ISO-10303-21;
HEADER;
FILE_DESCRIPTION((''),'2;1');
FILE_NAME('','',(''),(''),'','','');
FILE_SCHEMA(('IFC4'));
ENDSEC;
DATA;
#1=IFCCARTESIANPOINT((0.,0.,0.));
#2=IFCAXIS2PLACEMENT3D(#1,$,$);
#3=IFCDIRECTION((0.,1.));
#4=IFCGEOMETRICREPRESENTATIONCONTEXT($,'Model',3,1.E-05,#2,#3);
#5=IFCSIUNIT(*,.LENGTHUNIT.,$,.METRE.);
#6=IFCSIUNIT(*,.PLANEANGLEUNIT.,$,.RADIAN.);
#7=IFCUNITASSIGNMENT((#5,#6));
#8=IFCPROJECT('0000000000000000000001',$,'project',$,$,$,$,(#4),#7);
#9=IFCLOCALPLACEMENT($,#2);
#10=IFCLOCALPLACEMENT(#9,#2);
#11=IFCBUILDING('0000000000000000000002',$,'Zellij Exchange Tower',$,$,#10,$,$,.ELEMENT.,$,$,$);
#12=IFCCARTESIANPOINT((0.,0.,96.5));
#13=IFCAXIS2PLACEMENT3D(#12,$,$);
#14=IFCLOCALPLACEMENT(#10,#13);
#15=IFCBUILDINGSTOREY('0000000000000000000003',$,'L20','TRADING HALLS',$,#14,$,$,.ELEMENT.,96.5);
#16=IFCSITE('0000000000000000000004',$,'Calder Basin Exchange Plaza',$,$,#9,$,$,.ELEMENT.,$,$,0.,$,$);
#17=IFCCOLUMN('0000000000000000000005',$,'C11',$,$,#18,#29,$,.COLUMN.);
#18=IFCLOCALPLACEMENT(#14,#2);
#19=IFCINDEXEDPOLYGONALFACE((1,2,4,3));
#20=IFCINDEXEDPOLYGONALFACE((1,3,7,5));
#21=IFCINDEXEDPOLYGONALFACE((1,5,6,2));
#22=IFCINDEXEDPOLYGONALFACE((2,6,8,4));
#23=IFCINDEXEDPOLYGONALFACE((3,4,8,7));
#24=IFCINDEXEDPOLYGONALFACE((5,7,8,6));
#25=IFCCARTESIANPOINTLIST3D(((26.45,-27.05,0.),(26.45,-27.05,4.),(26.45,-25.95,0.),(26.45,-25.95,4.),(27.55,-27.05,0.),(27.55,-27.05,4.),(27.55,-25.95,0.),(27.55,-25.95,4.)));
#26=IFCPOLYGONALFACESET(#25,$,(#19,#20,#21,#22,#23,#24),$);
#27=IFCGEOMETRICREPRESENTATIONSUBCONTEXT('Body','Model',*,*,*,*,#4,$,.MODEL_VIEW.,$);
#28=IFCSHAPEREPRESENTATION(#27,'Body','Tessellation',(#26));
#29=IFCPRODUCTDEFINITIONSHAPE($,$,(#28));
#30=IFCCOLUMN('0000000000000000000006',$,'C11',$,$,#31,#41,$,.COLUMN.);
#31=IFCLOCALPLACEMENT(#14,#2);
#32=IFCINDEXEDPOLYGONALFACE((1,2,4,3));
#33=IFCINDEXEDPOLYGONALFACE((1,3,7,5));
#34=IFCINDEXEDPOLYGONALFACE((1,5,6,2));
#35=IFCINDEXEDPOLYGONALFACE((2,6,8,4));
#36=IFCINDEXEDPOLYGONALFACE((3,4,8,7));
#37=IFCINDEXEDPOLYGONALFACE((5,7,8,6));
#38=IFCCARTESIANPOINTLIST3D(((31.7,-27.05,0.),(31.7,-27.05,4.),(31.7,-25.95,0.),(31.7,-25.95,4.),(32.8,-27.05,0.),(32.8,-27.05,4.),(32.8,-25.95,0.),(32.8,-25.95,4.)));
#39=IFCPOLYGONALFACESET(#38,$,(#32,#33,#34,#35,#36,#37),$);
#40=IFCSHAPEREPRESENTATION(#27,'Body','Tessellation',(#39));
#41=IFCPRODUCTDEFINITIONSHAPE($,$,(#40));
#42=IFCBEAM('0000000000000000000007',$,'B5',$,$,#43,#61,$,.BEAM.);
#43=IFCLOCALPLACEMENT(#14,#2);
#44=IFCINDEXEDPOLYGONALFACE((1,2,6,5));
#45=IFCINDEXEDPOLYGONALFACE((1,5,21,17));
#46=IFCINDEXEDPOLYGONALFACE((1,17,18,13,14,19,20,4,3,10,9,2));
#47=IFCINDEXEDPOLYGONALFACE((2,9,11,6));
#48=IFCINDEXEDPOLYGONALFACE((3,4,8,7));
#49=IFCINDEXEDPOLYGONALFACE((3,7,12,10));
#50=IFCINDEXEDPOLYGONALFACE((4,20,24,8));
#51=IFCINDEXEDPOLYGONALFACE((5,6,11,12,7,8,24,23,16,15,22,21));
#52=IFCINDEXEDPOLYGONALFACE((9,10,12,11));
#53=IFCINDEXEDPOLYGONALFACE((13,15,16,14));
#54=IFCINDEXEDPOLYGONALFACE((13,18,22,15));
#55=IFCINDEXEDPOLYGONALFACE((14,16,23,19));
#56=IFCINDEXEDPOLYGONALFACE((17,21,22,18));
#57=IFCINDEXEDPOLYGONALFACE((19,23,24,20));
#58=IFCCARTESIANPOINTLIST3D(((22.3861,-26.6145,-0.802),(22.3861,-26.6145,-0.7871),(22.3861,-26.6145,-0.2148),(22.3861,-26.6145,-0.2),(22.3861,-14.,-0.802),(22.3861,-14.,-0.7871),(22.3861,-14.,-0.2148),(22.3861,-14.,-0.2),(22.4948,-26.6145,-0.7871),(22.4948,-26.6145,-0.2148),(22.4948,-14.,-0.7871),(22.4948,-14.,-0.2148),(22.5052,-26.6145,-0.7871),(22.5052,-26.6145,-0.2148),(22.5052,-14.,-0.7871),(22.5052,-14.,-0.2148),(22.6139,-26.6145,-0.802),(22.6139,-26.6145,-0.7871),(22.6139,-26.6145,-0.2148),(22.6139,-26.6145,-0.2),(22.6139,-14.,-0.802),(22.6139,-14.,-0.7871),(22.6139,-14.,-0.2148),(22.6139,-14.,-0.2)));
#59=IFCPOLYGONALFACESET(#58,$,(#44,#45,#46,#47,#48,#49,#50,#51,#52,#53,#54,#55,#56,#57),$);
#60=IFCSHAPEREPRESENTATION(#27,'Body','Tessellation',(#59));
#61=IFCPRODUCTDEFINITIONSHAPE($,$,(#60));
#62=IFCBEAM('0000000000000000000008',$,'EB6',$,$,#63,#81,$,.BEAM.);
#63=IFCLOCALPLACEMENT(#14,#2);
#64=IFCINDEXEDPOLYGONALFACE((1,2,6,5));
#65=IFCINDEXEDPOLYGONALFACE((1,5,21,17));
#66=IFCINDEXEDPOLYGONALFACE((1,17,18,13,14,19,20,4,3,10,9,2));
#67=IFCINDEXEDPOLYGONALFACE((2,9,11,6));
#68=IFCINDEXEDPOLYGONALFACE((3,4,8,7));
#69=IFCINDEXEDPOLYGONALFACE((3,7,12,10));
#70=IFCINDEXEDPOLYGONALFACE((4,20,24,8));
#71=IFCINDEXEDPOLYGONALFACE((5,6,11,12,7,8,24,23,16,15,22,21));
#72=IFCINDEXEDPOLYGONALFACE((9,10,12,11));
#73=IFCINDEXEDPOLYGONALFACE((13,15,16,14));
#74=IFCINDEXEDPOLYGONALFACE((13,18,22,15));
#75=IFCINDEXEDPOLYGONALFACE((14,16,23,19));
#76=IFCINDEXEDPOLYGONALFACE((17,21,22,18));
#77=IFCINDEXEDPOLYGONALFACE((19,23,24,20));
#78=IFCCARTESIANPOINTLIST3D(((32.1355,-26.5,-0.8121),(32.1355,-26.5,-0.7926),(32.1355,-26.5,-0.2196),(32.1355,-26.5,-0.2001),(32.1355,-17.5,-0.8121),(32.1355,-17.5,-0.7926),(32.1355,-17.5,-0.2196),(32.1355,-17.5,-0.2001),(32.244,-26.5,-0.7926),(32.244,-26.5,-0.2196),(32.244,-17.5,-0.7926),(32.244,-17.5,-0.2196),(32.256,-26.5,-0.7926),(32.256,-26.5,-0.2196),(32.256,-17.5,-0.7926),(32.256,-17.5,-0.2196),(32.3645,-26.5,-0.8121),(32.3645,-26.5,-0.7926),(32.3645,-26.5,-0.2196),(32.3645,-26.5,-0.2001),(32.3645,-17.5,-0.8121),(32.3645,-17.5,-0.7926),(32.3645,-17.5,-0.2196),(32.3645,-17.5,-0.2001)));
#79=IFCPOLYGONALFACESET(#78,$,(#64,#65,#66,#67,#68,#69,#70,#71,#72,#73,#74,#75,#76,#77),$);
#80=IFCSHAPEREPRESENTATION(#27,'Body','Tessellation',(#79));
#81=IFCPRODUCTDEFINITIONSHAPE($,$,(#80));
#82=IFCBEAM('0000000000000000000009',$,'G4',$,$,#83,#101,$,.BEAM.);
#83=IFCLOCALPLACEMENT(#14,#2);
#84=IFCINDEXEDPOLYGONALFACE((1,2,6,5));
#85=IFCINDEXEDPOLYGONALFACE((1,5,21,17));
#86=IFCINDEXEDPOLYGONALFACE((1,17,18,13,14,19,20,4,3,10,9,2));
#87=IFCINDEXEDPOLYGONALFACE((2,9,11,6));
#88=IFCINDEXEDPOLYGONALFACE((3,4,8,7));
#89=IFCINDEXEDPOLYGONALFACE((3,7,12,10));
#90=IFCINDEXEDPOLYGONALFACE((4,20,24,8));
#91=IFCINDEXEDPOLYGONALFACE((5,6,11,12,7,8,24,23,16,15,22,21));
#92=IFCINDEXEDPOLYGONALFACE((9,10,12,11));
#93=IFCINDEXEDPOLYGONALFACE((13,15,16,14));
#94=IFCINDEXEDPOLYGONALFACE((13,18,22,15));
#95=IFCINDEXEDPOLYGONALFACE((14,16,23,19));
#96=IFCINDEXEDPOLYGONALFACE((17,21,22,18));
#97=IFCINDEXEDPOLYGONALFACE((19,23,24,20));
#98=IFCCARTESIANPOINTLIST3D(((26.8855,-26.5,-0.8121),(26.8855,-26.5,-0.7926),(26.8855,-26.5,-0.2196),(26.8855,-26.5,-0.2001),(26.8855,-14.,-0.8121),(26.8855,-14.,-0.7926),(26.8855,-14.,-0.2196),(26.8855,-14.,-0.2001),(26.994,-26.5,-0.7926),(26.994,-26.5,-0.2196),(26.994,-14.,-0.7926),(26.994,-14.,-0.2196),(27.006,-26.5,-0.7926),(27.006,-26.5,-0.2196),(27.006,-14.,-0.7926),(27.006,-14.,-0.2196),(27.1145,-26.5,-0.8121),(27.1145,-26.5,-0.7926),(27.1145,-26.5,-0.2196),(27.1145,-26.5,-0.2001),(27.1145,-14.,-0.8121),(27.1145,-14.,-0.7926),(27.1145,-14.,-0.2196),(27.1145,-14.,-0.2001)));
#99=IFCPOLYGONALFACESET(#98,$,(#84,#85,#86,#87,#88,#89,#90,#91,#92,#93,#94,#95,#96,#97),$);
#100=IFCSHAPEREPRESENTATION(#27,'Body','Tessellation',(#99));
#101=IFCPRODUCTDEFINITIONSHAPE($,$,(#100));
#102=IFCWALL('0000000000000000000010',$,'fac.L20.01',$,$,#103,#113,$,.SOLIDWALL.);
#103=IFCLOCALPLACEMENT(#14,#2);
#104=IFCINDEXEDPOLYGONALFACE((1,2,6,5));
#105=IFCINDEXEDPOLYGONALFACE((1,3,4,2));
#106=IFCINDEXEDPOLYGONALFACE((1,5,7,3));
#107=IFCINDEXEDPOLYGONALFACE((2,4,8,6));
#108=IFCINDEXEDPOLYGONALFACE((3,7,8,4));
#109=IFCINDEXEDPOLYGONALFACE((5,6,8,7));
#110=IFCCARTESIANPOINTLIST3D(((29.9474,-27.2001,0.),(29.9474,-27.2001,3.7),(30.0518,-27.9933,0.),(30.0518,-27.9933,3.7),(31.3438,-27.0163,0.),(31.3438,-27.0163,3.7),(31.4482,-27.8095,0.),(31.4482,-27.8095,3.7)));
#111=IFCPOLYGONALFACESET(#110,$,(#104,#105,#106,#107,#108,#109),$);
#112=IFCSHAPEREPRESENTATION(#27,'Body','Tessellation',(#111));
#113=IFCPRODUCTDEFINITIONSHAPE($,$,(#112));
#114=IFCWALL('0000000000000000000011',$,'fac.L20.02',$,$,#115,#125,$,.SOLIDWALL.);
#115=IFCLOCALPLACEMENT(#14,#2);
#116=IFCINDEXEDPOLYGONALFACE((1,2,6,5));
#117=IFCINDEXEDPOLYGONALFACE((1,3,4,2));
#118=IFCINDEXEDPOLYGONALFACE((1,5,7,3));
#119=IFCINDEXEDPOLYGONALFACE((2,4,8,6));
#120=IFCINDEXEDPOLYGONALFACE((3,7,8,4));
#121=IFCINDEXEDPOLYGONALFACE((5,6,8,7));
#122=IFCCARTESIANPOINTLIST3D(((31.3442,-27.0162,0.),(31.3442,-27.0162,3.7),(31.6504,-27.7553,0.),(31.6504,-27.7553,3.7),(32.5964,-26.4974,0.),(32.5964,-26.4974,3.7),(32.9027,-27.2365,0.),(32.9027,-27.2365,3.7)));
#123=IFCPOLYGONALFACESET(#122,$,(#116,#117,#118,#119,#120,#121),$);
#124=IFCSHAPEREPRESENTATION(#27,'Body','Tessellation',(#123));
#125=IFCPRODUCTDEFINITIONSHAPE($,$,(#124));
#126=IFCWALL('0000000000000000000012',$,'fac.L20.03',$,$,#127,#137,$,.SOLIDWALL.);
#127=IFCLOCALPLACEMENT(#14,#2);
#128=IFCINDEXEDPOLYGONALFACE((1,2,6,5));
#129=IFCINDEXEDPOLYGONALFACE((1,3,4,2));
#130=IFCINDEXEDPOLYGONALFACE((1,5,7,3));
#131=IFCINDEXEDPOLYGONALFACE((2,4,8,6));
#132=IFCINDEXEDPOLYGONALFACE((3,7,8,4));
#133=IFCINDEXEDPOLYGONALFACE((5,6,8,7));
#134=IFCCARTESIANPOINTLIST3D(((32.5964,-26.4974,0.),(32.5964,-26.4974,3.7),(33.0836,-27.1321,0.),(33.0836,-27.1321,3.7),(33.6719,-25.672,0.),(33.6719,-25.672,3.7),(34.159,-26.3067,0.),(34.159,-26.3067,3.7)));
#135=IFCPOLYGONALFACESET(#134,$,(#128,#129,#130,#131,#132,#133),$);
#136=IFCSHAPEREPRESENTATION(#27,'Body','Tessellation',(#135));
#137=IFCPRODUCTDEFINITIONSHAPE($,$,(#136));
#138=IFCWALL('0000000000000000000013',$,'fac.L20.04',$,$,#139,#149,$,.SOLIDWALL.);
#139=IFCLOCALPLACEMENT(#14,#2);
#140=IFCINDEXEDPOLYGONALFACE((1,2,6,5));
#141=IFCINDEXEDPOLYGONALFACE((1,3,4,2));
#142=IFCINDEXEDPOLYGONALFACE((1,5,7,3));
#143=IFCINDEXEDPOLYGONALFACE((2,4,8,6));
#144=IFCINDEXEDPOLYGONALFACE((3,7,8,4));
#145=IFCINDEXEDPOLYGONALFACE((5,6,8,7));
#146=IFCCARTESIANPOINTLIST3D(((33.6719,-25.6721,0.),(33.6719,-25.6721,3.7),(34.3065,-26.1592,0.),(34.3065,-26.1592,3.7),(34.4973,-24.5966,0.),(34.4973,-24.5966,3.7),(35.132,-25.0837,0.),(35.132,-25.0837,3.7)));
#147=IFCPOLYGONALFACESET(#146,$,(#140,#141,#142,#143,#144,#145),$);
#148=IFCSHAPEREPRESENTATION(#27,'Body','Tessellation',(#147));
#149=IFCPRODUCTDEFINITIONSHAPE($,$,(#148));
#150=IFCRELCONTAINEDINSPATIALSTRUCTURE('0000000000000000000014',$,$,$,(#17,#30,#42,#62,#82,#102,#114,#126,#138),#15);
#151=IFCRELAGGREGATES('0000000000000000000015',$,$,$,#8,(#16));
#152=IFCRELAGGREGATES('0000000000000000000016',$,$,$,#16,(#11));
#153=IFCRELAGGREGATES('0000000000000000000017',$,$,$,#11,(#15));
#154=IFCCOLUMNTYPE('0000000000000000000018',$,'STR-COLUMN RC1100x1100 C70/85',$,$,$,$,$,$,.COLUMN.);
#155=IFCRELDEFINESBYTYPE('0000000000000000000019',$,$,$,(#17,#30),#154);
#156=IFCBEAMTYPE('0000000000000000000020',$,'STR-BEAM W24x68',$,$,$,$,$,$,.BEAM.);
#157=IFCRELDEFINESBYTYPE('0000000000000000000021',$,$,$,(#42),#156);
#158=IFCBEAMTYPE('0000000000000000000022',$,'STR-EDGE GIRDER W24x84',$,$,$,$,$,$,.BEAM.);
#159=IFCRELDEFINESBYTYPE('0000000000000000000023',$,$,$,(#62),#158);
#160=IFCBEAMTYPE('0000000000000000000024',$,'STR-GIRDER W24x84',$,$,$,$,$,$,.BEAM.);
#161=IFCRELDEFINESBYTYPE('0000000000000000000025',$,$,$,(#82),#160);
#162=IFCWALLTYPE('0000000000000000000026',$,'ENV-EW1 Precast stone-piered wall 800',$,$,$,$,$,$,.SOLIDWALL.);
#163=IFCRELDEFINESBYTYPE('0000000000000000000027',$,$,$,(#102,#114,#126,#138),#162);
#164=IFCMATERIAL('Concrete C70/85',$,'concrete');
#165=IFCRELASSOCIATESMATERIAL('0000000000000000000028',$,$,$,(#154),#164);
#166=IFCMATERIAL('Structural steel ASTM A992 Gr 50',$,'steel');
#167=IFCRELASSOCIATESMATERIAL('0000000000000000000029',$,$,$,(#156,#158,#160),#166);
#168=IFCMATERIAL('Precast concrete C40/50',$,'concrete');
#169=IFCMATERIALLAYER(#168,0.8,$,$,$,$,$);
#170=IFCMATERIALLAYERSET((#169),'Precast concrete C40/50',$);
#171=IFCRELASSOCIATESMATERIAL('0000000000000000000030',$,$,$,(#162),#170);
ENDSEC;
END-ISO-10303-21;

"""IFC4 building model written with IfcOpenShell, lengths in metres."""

from ifc_helpers import new_model, si_unit, direction, frame, frame_2d, origin, origin_2d, place, context, subcontext, project, spatial, rectangle, i_section, extrude, material, layer, layer_set, material_profile, profile_set, type_object, element, save


model = new_model("IFC4")

# Units and contexts
model_context = context("Model", 3, precision=1e-05, world=origin(), true_north=direction((0.0, 1.0)))
body_context = subcontext(model_context, "Body", "Model", "MODEL_VIEW")
ifc_project = project(units=[si_unit("LENGTHUNIT", "METRE"), si_unit("PLANEANGLEUNIT", "RADIAN")], contexts=[model_context])

# Site, building, storey
site_placement = place(None, origin())
site = spatial("IfcSite", under=ifc_project, at=site_placement, Name="Calder Basin Exchange Plaza", CompositionType="ELEMENT", RefElevation=0.0)
building_placement = place(site_placement, origin())
building = spatial("IfcBuilding", under=site, at=building_placement, Name="Zellij Exchange Tower", CompositionType="ELEMENT")
storey_placement = place(building_placement, frame((0.0, 0.0, 96.5)))
storey = spatial("IfcBuildingStorey", under=building, at=storey_placement, Name="L20", Description="TRADING HALLS", CompositionType="ELEMENT", Elevation=96.5)

# Columns
ifc_material_1 = material(Name="Concrete C70/85", Category="concrete")
ifc_material_profile_1 = material_profile(ifc_material_1, rectangle(XDim=1.1001, YDim=1.1001, at=origin_2d()), Name="STR-COLUMN RC1100x1100 C70/85")
ifc_profile_set_1 = profile_set([ifc_material_profile_1], Name="Concrete C70/85")
column_type = type_object("IfcColumnType", Name="STR-COLUMN RC1100x1100 C70/85", PredefinedType="COLUMN", material=ifc_profile_set_1)
for number, where, z_axis, x_axis, name in (
    (1, (27.0, -26.5, 0.0), (0.0, 0.0, 1.0), (1.0, 0.0, 0.0), "C11"),
    (2, (32.25, -26.5, 0.0), (0.0, 0.0, 1.0), (1.0, 0.0, 0.0), "C11"),
):
    element("IfcColumn", number, at=place(storey_placement, frame(where, z_axis=z_axis, x_axis=x_axis)), inside=storey, type_object=column_type, Name=name, PredefinedType="COLUMN", context=body_context, shape_type="SweptSolid", body=[
        extrude(rectangle(XDim=1.1001, YDim=1.1001, at=origin_2d()), origin(), (0.0, 0.0, 1.0), 4.0),
    ])

# Beams
ifc_material_2 = material(Name="Structural steel ASTM A992 Gr 50", Category="steel")
ifc_material_profile_2 = material_profile(ifc_material_2, i_section(OverallWidth=0.2278, OverallDepth=0.6021, WebThickness=0.0105, FlangeThickness=0.0149, at=origin_2d()), Name="W24x68")
ifc_profile_set_2 = profile_set([ifc_material_profile_2], Name="Structural steel ASTM A992 Gr 50")
beam_type_1 = type_object("IfcBeamType", Name="STR-BEAM W24x68", PredefinedType="BEAM", material=ifc_profile_set_2)
beam_1_placement = place(storey_placement, frame((22.5, -26.6145, -0.501), z_axis=(0.0, 1.0, 0.0), x_axis=(-1.0, 0.0, 0.0)))
element("IfcBeam", 3, at=beam_1_placement, inside=storey, type_object=beam_type_1, Name="B5", PredefinedType="BEAM", context=body_context, shape_type="SweptSolid", body=[
    extrude(i_section(OverallWidth=0.2278, OverallDepth=0.6021, WebThickness=0.0105, FlangeThickness=0.0149, at=origin_2d()), origin(), (0.0, 0.0, 1.0), 12.6145),
])
ifc_material_profile_3 = material_profile(ifc_material_2, i_section(OverallWidth=0.229, OverallDepth=0.6121, WebThickness=0.012, FlangeThickness=0.0195, at=origin_2d()), Name="W24x84")
ifc_profile_set_3 = profile_set([ifc_material_profile_3], Name="Structural steel ASTM A992 Gr 50")
beam_type_2 = type_object("IfcBeamType", Name="STR-EDGE GIRDER W24x84", PredefinedType="BEAM", material=ifc_profile_set_3)
beam_2_placement = place(storey_placement, frame((32.25, -26.5, -0.5061), z_axis=(0.0, 1.0, 0.0), x_axis=(-1.0, 0.0, 0.0)))
element("IfcBeam", 4, at=beam_2_placement, inside=storey, type_object=beam_type_2, Name="EB6", PredefinedType="BEAM", context=body_context, shape_type="SweptSolid", body=[
    extrude(i_section(OverallWidth=0.229, OverallDepth=0.6121, WebThickness=0.012, FlangeThickness=0.0195, at=origin_2d()), origin(), (0.0, 0.0, 1.0), 9.0),
])
ifc_material_profile_4 = material_profile(ifc_material_2, i_section(OverallWidth=0.229, OverallDepth=0.6121, WebThickness=0.012, FlangeThickness=0.0195, at=origin_2d()), Name="W24x84")
ifc_profile_set_4 = profile_set([ifc_material_profile_4], Name="Structural steel ASTM A992 Gr 50")
beam_type_3 = type_object("IfcBeamType", Name="STR-GIRDER W24x84", PredefinedType="BEAM", material=ifc_profile_set_4)
beam_3_placement = place(storey_placement, frame((27.0, -26.5, -0.5061), z_axis=(0.0, 1.0, 0.0), x_axis=(-1.0, 0.0, 0.0)))
element("IfcBeam", 5, at=beam_3_placement, inside=storey, type_object=beam_type_3, Name="G4", PredefinedType="BEAM", context=body_context, shape_type="SweptSolid", body=[
    extrude(i_section(OverallWidth=0.229, OverallDepth=0.6121, WebThickness=0.012, FlangeThickness=0.0195, at=origin_2d()), origin(), (0.0, 0.0, 1.0), 12.5),
])

# Walls
ifc_material_3 = material(Name="Precast concrete C40/50", Category="concrete")
ifc_layer = layer(ifc_material_3, 0.8)
ifc_layer_set = layer_set([ifc_layer], Name="Precast concrete C40/50")
wall_type = type_object("IfcWallType", Name="ENV-EW1 Precast stone-piered wall 800", PredefinedType="SOLIDWALL", material=ifc_layer_set)
wall_1_placement = place(storey_placement, frame((29.9998, -27.5967, 0.0), z_axis=(0.0, 0.0, 1.0), x_axis=(0.991446, 0.130517, 0.0)))
element("IfcWall", 6, at=wall_1_placement, inside=storey, type_object=wall_type, Name="fac.L20.01", PredefinedType="SOLIDWALL", context=body_context, shape_type="SweptSolid", body=[
    extrude(rectangle(XDim=1.4084, YDim=0.8, at=frame_2d((0.7041, 0.0))), origin(), (0.0, 0.0, 1.0), 3.7),
])
wall_2_placement = place(storey_placement, frame((31.4973, -27.3857, 0.0), z_axis=(0.0, 0.0, 1.0), x_axis=(0.923848, 0.38276, 0.0)))
element("IfcWall", 7, at=wall_2_placement, inside=storey, type_object=wall_type, Name="fac.L20.02", PredefinedType="SOLIDWALL", context=body_context, shape_type="SweptSolid", body=[
    extrude(rectangle(XDim=1.3555, YDim=0.8, at=frame_2d((0.6777, 0.0))), origin(), (0.0, 0.0, 1.0), 3.7),
])
for number, where, z_axis, x_axis, name in (
    (8, (32.8401, -26.8147, 0.0), (0.0, 0.0, 1.0), (0.793273, 0.608866, 0.0), "fac.L20.03"),
    (9, (33.9893, -25.9155, 0.0), (0.0, 0.0, 1.0), (0.608866, 0.793273, 0.0), "fac.L20.04"),
):
    element("IfcWall", number, at=place(storey_placement, frame(where, z_axis=z_axis, x_axis=x_axis)), inside=storey, type_object=wall_type, Name=name, PredefinedType="SOLIDWALL", context=body_context, shape_type="SweptSolid", body=[
        extrude(rectangle(XDim=1.3557, YDim=0.8, at=frame_2d((0.6777, 0.0))), origin(), (0.0, 0.0, 1.0), 3.7),
    ])

save(model, "model.ifc")
